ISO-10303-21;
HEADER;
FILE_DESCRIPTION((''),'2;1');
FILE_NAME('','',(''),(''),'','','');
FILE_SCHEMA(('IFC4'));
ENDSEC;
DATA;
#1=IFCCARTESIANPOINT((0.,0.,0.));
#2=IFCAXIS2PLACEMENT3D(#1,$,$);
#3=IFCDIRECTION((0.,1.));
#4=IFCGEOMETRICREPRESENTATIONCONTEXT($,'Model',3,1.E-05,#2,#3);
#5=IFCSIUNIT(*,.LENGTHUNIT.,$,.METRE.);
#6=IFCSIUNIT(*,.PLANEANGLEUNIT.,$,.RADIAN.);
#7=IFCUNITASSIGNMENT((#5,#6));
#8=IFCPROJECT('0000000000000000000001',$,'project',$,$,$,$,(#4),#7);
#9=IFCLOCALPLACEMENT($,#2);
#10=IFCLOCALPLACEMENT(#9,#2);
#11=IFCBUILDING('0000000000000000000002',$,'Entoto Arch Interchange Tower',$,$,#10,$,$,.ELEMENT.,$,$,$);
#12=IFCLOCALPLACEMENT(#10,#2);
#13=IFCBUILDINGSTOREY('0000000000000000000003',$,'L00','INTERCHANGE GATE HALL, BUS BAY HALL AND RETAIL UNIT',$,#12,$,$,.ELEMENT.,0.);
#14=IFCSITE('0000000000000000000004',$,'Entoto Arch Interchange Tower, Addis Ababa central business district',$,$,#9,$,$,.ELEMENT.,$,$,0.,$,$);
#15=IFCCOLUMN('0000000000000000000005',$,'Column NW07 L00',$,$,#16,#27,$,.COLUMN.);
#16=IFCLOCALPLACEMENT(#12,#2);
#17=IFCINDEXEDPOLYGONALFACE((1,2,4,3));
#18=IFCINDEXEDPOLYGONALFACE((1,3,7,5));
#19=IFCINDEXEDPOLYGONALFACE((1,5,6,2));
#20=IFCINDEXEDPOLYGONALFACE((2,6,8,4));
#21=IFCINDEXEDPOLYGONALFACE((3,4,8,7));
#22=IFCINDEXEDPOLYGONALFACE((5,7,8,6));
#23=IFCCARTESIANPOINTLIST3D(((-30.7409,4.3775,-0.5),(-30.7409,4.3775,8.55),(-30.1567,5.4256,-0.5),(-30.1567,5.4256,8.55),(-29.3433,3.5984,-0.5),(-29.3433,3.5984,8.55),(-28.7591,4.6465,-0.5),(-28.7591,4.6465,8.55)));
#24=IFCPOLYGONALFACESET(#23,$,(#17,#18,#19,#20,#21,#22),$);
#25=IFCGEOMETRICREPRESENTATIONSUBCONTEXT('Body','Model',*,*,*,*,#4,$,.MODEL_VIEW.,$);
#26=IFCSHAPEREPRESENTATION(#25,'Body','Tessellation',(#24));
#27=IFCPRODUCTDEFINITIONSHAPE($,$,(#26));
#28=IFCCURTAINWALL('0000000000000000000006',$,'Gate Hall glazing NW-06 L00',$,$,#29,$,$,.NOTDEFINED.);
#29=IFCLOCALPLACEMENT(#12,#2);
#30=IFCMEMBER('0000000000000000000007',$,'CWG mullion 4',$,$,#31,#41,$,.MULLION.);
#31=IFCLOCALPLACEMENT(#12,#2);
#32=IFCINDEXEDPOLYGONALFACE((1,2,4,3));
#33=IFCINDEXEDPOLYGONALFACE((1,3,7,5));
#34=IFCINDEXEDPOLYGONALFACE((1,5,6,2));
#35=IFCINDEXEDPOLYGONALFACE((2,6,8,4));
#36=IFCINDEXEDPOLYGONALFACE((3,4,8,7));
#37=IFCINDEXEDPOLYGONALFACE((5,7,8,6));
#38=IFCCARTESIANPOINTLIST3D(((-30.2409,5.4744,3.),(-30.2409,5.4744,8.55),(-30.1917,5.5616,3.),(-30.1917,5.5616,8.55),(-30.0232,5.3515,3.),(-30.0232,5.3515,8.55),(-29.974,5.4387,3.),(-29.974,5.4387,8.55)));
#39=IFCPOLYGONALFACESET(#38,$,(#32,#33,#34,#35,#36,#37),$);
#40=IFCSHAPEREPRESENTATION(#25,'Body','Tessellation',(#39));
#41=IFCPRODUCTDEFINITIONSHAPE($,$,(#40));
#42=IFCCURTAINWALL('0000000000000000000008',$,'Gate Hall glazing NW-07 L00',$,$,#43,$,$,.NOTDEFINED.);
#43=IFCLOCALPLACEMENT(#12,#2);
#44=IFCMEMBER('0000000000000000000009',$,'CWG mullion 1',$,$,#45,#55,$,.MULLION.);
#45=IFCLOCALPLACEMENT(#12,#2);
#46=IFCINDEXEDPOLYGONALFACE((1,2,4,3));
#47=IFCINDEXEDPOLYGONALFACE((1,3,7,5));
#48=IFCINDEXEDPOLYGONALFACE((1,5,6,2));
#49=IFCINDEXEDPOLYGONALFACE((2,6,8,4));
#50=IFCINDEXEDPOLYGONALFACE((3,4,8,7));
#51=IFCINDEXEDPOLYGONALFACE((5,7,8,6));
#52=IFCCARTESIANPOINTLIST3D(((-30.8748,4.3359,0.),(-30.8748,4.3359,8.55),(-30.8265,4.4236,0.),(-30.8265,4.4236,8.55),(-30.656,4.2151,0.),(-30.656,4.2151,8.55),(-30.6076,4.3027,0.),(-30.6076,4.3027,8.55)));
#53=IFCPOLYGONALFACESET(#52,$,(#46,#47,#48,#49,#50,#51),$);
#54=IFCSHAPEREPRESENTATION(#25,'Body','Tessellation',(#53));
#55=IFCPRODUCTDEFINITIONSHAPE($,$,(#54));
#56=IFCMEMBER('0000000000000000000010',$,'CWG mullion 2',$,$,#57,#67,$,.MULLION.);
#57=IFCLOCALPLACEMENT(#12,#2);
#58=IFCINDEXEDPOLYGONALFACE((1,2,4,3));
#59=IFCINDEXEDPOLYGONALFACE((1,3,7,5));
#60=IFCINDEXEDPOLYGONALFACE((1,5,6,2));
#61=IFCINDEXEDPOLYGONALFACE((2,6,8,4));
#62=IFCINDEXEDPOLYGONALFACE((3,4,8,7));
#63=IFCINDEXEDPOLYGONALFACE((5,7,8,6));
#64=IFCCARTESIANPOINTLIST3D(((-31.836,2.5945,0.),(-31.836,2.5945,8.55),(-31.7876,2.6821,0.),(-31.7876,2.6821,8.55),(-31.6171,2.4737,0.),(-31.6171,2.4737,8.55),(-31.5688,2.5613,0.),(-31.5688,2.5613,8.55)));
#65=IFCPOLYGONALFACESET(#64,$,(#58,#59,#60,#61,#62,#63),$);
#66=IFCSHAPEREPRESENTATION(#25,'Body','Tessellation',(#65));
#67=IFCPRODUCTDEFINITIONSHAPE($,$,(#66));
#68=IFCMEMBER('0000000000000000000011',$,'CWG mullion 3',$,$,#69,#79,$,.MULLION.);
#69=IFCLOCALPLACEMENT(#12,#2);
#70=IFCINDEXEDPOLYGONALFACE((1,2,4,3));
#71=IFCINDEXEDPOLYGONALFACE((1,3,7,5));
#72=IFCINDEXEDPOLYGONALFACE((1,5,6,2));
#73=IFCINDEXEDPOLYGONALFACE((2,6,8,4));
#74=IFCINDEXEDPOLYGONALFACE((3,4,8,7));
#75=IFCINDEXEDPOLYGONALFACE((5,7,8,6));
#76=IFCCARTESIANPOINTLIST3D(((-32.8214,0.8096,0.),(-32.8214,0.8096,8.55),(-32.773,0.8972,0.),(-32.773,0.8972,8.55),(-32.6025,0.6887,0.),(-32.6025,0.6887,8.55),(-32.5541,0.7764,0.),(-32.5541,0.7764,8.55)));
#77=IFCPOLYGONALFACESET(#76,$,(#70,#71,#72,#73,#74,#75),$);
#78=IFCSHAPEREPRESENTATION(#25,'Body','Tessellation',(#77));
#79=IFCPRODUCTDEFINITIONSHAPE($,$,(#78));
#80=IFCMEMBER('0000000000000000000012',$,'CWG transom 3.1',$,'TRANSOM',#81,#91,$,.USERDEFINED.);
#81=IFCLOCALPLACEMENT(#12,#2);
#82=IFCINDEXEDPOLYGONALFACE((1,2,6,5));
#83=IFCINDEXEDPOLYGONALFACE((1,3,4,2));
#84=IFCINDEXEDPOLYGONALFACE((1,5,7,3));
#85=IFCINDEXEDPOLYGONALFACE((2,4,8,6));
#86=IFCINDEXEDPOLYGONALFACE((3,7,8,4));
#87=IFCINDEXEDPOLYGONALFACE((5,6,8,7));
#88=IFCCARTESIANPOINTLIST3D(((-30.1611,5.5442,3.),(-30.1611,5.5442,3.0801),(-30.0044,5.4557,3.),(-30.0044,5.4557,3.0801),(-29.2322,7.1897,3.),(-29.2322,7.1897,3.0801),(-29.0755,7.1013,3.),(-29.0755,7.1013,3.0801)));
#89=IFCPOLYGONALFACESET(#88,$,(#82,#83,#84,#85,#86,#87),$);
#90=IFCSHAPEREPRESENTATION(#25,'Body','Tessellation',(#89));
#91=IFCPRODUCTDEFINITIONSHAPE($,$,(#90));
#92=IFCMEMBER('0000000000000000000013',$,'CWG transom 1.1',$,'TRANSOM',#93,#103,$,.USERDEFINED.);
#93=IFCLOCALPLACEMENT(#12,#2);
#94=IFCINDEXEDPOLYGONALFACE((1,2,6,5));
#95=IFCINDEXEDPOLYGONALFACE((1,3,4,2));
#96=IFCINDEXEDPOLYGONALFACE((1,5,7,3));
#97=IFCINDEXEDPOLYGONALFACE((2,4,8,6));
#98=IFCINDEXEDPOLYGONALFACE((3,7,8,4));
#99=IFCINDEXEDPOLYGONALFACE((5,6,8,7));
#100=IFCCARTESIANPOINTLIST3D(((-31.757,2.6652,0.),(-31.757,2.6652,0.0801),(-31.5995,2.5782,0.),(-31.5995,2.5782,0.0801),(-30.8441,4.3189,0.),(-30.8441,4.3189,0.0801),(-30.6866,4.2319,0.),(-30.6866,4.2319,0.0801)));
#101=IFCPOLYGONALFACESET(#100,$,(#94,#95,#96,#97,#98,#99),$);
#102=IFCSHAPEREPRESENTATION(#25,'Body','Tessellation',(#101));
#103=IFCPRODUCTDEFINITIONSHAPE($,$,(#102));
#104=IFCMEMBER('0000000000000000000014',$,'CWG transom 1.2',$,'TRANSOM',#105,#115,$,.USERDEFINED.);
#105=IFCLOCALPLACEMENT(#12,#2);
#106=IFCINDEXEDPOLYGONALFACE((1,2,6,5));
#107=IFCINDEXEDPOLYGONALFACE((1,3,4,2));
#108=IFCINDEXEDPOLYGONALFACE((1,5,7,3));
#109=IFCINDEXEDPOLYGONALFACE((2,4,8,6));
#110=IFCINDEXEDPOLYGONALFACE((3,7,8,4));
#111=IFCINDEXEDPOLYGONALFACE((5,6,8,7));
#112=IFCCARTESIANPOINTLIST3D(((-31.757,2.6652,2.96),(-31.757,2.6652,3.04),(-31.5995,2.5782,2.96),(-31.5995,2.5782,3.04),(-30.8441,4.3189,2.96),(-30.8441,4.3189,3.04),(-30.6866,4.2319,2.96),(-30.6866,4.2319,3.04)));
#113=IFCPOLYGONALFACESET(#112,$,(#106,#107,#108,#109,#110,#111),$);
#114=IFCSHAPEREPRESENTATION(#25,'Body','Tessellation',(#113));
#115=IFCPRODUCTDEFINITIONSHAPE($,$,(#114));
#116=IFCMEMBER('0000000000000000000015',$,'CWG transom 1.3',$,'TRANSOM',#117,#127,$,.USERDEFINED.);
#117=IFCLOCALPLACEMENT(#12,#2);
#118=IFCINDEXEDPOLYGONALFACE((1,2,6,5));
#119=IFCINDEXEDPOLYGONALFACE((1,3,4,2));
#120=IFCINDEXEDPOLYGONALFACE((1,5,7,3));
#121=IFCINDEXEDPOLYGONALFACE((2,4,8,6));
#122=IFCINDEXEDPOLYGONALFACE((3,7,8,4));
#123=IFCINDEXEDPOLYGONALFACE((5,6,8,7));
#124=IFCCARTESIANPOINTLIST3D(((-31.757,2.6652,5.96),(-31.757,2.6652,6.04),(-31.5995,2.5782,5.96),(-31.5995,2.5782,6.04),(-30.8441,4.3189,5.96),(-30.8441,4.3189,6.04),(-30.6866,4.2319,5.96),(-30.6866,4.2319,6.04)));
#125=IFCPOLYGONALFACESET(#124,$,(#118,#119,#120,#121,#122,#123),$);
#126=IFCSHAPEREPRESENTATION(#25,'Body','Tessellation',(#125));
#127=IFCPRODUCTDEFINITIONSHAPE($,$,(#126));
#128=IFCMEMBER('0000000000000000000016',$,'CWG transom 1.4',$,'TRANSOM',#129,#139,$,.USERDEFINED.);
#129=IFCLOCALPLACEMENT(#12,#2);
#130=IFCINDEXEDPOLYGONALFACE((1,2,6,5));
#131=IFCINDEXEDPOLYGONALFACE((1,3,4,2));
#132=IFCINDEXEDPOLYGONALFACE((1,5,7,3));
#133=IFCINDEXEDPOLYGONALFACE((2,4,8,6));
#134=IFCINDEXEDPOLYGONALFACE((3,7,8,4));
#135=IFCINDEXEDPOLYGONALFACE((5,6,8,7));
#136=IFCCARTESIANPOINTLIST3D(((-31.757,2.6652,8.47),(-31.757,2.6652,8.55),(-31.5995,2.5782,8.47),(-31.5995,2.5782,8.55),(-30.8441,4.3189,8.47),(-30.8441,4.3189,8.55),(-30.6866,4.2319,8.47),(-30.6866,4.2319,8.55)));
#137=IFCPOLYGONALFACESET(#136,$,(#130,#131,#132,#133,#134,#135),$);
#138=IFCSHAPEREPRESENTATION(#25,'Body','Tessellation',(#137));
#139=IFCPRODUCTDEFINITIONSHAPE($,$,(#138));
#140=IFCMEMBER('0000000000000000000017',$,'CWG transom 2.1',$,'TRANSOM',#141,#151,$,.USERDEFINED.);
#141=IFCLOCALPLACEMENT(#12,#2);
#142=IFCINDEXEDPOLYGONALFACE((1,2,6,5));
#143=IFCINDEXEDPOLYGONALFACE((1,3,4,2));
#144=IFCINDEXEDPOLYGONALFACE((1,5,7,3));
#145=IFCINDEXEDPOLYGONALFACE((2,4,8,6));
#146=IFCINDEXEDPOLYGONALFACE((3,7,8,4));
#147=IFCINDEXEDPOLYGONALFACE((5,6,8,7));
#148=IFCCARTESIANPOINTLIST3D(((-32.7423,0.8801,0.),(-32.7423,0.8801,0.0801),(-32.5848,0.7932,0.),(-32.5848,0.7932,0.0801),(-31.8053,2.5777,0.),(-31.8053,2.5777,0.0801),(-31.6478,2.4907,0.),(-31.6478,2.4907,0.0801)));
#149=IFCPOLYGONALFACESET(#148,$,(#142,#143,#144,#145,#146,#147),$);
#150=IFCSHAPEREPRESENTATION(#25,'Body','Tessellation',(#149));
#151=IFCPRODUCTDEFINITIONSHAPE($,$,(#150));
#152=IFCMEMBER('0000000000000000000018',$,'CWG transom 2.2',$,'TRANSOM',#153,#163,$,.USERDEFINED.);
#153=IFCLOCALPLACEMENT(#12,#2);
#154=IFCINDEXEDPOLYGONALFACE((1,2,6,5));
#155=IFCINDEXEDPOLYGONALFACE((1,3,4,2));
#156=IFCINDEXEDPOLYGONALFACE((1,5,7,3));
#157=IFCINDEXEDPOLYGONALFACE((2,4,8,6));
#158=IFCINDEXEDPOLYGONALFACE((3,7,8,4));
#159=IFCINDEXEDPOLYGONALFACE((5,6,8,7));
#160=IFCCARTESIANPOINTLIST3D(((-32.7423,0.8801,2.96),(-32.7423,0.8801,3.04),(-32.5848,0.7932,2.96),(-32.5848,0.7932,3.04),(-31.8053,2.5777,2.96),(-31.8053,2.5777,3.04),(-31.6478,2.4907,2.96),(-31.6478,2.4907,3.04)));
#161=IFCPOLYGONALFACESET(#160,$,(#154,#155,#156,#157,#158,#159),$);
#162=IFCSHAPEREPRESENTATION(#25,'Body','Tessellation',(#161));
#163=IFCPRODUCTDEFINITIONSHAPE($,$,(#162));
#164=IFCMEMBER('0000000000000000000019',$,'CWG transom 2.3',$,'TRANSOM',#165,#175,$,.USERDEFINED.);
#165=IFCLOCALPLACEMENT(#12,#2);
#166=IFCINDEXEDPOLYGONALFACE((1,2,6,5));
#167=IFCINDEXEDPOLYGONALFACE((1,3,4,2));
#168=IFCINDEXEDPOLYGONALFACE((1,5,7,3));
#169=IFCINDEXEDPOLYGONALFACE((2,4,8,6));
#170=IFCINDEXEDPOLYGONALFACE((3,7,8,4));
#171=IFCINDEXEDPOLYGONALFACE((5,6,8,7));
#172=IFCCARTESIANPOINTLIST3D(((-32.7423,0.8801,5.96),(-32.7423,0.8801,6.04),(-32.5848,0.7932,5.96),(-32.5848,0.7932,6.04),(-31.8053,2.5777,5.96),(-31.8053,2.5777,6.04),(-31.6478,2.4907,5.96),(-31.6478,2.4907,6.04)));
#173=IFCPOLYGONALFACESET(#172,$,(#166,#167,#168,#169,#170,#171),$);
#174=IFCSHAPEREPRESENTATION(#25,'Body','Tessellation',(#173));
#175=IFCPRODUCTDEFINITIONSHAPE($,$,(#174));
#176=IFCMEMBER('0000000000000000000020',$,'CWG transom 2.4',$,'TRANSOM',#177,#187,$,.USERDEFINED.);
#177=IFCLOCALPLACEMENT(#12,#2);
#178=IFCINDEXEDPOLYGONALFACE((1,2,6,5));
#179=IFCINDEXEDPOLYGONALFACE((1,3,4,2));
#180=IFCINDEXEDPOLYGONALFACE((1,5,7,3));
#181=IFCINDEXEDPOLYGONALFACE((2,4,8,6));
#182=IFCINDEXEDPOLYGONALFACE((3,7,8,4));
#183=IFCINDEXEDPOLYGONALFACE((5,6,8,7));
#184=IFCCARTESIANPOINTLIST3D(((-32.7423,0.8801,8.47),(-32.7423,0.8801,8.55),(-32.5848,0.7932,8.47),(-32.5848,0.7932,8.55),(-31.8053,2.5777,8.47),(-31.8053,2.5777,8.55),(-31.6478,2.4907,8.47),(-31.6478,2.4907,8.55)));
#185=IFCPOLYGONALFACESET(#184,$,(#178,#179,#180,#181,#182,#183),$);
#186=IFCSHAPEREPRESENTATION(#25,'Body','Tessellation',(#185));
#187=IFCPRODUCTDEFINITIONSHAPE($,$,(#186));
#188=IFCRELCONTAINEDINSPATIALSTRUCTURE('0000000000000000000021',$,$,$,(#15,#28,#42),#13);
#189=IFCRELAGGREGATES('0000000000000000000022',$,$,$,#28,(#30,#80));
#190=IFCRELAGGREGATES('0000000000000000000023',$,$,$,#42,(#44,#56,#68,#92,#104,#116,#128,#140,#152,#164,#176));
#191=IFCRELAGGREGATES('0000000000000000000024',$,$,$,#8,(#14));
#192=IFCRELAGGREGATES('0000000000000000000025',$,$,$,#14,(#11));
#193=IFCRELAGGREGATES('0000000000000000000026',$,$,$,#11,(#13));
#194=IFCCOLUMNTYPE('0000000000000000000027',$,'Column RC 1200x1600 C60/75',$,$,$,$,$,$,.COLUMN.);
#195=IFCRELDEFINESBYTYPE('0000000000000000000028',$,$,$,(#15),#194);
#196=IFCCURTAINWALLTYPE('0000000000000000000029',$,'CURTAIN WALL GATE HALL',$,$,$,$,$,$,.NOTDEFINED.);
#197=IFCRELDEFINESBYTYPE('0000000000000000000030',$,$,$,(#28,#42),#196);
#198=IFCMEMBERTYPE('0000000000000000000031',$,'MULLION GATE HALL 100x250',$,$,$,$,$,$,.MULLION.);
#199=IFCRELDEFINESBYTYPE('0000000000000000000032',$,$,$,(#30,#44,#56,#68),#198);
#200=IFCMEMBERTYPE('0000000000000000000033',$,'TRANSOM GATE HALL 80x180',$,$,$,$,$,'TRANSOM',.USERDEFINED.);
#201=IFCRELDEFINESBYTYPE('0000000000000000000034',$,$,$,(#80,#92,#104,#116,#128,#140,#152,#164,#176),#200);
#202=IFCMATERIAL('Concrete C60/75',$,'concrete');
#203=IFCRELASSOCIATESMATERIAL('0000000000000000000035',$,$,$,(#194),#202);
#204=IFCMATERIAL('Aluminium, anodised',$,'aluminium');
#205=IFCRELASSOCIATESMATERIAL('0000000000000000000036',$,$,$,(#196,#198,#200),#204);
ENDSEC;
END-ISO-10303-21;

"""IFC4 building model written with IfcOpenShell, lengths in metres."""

from ifc_helpers import new_model, si_unit, direction, frame, origin, origin_2d, place, context, subcontext, project, spatial, rectangle, extrude, material, material_profile, profile_set, type_object, element, aggregate, save


model = new_model("IFC4")

# Units and contexts
model_context = context("Model", 3, precision=1e-05, world=origin(), true_north=direction((0.0, 1.0)))
body_context = subcontext(model_context, "Body", "Model", "MODEL_VIEW")
ifc_project = project(units=[si_unit("LENGTHUNIT", "METRE"), si_unit("PLANEANGLEUNIT", "RADIAN")], contexts=[model_context])

# Site, building, storey
site_placement = place(None, origin())
site = spatial("IfcSite", under=ifc_project, at=site_placement, Name="Entoto Arch Interchange Tower, Addis Ababa central business district", CompositionType="ELEMENT", RefElevation=0.0)
building_placement = place(site_placement, origin())
building = spatial("IfcBuilding", under=site, at=building_placement, Name="Entoto Arch Interchange Tower", CompositionType="ELEMENT")
storey_placement = place(building_placement, origin())
storey = spatial("IfcBuildingStorey", under=building, at=storey_placement, Name="L00", Description="INTERCHANGE GATE HALL, BUS BAY HALL AND RETAIL UNIT", CompositionType="ELEMENT", Elevation=0.0)

# Column
ifc_material_1 = material(Name="Concrete C60/75", Category="concrete")
ifc_material_profile_1 = material_profile(ifc_material_1, rectangle(XDim=1.2, YDim=1.6001, at=origin_2d()))
ifc_profile_set_1 = profile_set([ifc_material_profile_1], Name="Concrete C60/75")
column_type = type_object("IfcColumnType", Name="Column RC 1200x1600 C60/75", PredefinedType="COLUMN", material=ifc_profile_set_1)
column_placement = place(storey_placement, frame((-29.75, 4.512, -0.5), z_axis=(0.0, 0.0, 1.0), x_axis=(0.486915, 0.873449, 0.0)))
element("IfcColumn", 1, at=column_placement, inside=storey, type_object=column_type, Name="Column NW07 L00", PredefinedType="COLUMN", context=body_context, shape_type="SweptSolid", body=[
    extrude(rectangle(XDim=1.2, YDim=1.6001, at=origin_2d()), origin(), (0.0, 0.0, 1.0), 9.05),
])

# Curtain wall, member
ifc_material_2 = material(Name="Aluminium, anodised", Category="aluminium")
curtain_wall_type = type_object("IfcCurtainWallType", Name="CURTAIN WALL GATE HALL", PredefinedType="NOTDEFINED", material=ifc_material_2)
curtain_wall_1_placement = place(storey_placement, origin())
curtain_wall_1 = element("IfcCurtainWall", 2, at=curtain_wall_1_placement, inside=storey, type_object=curtain_wall_type, Name="Gate Hall glazing NW-06 L00", PredefinedType="NOTDEFINED")
ifc_material_profile_2 = material_profile(ifc_material_2, rectangle(XDim=0.25, YDim=0.1001, at=origin_2d()))
ifc_profile_set_2 = profile_set([ifc_material_profile_2], Name="Aluminium, anodised")
member_type_1 = type_object("IfcMemberType", Name="MULLION GATE HALL 100x250", PredefinedType="MULLION", material=ifc_profile_set_2)
member_1_placement = place(storey_placement, frame((-30.1074, 5.4565, 3.0), z_axis=(0.0, 0.0, 1.0), x_axis=(0.870806, -0.491626, 0.0)))
member_1 = element("IfcMember", 3, at=member_1_placement, type_object=member_type_1, Name="CWG mullion 4", PredefinedType="MULLION", context=body_context, shape_type="SweptSolid", body=[
    extrude(rectangle(XDim=0.25, YDim=0.1001, at=origin_2d()), origin(), (0.0, 0.0, 1.0), 5.55),
])

# Curtain wall, members
curtain_wall_2_placement = place(storey_placement, origin())
curtain_wall_2 = element("IfcCurtainWall", 4, at=curtain_wall_2_placement, inside=storey, type_object=curtain_wall_type, Name="Gate Hall glazing NW-07 L00", PredefinedType="NOTDEFINED")
member_2_placement = place(storey_placement, frame((-30.7412, 4.3193, 0.0), z_axis=(0.0, 0.0, 1.0), x_axis=(0.875473, -0.483267, 0.0)))
member_2 = element("IfcMember", 5, at=member_2_placement, type_object=member_type_1, Name="CWG mullion 1", PredefinedType="MULLION", context=body_context, shape_type="SweptSolid", body=[
    extrude(rectangle(XDim=0.25, YDim=0.1001, at=origin_2d()), origin(), (0.0, 0.0, 1.0), 8.55),
])
member_3_placement = place(storey_placement, frame((-31.7024, 2.5779, 0.0), z_axis=(0.0, 0.0, 1.0), x_axis=(0.875473, -0.483267, 0.0)))
member_3 = element("IfcMember", 6, at=member_3_placement, type_object=member_type_1, Name="CWG mullion 2", PredefinedType="MULLION", context=body_context, shape_type="SweptSolid", body=[
    extrude(rectangle(XDim=0.25, YDim=0.1001, at=origin_2d()), origin(), (0.0, 0.0, 1.0), 8.55),
])
member_4_placement = place(storey_placement, frame((-32.6877, 0.793, 0.0), z_axis=(0.0, 0.0, 1.0), x_axis=(0.875473, -0.483267, 0.0)))
member_4 = element("IfcMember", 7, at=member_4_placement, type_object=member_type_1, Name="CWG mullion 3", PredefinedType="MULLION", context=body_context, shape_type="SweptSolid", body=[
    extrude(rectangle(XDim=0.25, YDim=0.1001, at=origin_2d()), origin(), (0.0, 0.0, 1.0), 8.55),
])

# Members
ifc_material_profile_3 = material_profile(ifc_material_2, rectangle(XDim=0.1799, YDim=0.0801, at=origin_2d()))
ifc_profile_set_3 = profile_set([ifc_material_profile_3], Name="Aluminium, anodised")
member_type_2 = type_object("IfcMemberType", Name="TRANSOM GATE HALL 80x180", ElementType="TRANSOM", PredefinedType="USERDEFINED", material=ifc_profile_set_3)
member_5_placement = place(storey_placement, frame((-29.1538, 7.1455, 3.04), z_axis=(-0.49161, -0.870815, 0.0), x_axis=(0.870815, -0.49161, 0.0)))
member_5 = element("IfcMember", 8, at=member_5_placement, type_object=member_type_2, Name="CWG transom 3.1", ObjectType="TRANSOM", PredefinedType="USERDEFINED", context=body_context, shape_type="SweptSolid", body=[
    extrude(rectangle(XDim=0.1799, YDim=0.0801, at=origin_2d()), origin(), (0.0, 0.0, 1.0), 1.8896),
])
member_6_placement = place(storey_placement, frame((-30.7654, 4.2754, 0.04), z_axis=(-0.483293, -0.875459, 0.0), x_axis=(0.875459, -0.483293, 0.0)))
member_6 = element("IfcMember", 9, at=member_6_placement, type_object=member_type_2, Name="CWG transom 1.1", ObjectType="TRANSOM", PredefinedType="USERDEFINED", context=body_context, shape_type="SweptSolid", body=[
    extrude(rectangle(XDim=0.1799, YDim=0.0801, at=origin_2d()), origin(), (0.0, 0.0, 1.0), 1.8889),
])
member_7_placement = place(storey_placement, frame((-30.7654, 4.2754, 3.0), z_axis=(-0.483293, -0.875459, 0.0), x_axis=(0.875459, -0.483293, 0.0)))
member_7 = element("IfcMember", 10, at=member_7_placement, type_object=member_type_2, Name="CWG transom 1.2", ObjectType="TRANSOM", PredefinedType="USERDEFINED", context=body_context, shape_type="SweptSolid", body=[
    extrude(rectangle(XDim=0.1799, YDim=0.0801, at=origin_2d()), origin(), (0.0, 0.0, 1.0), 1.8889),
])
member_8_placement = place(storey_placement, frame((-30.7654, 4.2754, 6.0), z_axis=(-0.483293, -0.875459, 0.0), x_axis=(0.875459, -0.483293, 0.0)))
member_8 = element("IfcMember", 11, at=member_8_placement, type_object=member_type_2, Name="CWG transom 1.3", ObjectType="TRANSOM", PredefinedType="USERDEFINED", context=body_context, shape_type="SweptSolid", body=[
    extrude(rectangle(XDim=0.1799, YDim=0.0801, at=origin_2d()), origin(), (0.0, 0.0, 1.0), 1.8889),
])
member_9_placement = place(storey_placement, frame((-30.7654, 4.2754, 8.51), z_axis=(-0.483293, -0.875459, 0.0), x_axis=(0.875459, -0.483293, 0.0)))
member_9 = element("IfcMember", 12, at=member_9_placement, type_object=member_type_2, Name="CWG transom 1.4", ObjectType="TRANSOM", PredefinedType="USERDEFINED", context=body_context, shape_type="SweptSolid", body=[
    extrude(rectangle(XDim=0.1799, YDim=0.0801, at=origin_2d()), origin(), (0.0, 0.0, 1.0), 1.8889),
])
member_10_placement = place(storey_placement, frame((-31.7266, 2.5342, 0.04), z_axis=(-0.483257, -0.875478, 0.0), x_axis=(0.875478, -0.483257, 0.0)))
member_10 = element("IfcMember", 13, at=member_10_placement, type_object=member_type_2, Name="CWG transom 2.1", ObjectType="TRANSOM", PredefinedType="USERDEFINED", context=body_context, shape_type="SweptSolid", body=[
    extrude(rectangle(XDim=0.1799, YDim=0.0801, at=origin_2d()), origin(), (0.0, 0.0, 1.0), 1.939),
])
member_11_placement = place(storey_placement, frame((-31.7266, 2.5342, 3.0), z_axis=(-0.483257, -0.875478, 0.0), x_axis=(0.875478, -0.483257, 0.0)))
member_11 = element("IfcMember", 14, at=member_11_placement, type_object=member_type_2, Name="CWG transom 2.2", ObjectType="TRANSOM", PredefinedType="USERDEFINED", context=body_context, shape_type="SweptSolid", body=[
    extrude(rectangle(XDim=0.1799, YDim=0.0801, at=origin_2d()), origin(), (0.0, 0.0, 1.0), 1.939),
])
member_12_placement = place(storey_placement, frame((-31.7266, 2.5342, 6.0), z_axis=(-0.483257, -0.875478, 0.0), x_axis=(0.875478, -0.483257, 0.0)))
member_12 = element("IfcMember", 15, at=member_12_placement, type_object=member_type_2, Name="CWG transom 2.3", ObjectType="TRANSOM", PredefinedType="USERDEFINED", context=body_context, shape_type="SweptSolid", body=[
    extrude(rectangle(XDim=0.1799, YDim=0.0801, at=origin_2d()), origin(), (0.0, 0.0, 1.0), 1.939),
])
member_13_placement = place(storey_placement, frame((-31.7266, 2.5342, 8.51), z_axis=(-0.483257, -0.875478, 0.0), x_axis=(0.875478, -0.483257, 0.0)))
member_13 = element("IfcMember", 16, at=member_13_placement, type_object=member_type_2, Name="CWG transom 2.4", ObjectType="TRANSOM", PredefinedType="USERDEFINED", context=body_context, shape_type="SweptSolid", body=[
    extrude(rectangle(XDim=0.1799, YDim=0.0801, at=origin_2d()), origin(), (0.0, 0.0, 1.0), 1.939),
])

aggregate(curtain_wall_1, [member_1, member_5])
aggregate(curtain_wall_2, [member_2, member_3, member_4, member_6, member_7, member_8, member_9, member_10, member_11, member_12, member_13])

save(model, "model.ifc")
